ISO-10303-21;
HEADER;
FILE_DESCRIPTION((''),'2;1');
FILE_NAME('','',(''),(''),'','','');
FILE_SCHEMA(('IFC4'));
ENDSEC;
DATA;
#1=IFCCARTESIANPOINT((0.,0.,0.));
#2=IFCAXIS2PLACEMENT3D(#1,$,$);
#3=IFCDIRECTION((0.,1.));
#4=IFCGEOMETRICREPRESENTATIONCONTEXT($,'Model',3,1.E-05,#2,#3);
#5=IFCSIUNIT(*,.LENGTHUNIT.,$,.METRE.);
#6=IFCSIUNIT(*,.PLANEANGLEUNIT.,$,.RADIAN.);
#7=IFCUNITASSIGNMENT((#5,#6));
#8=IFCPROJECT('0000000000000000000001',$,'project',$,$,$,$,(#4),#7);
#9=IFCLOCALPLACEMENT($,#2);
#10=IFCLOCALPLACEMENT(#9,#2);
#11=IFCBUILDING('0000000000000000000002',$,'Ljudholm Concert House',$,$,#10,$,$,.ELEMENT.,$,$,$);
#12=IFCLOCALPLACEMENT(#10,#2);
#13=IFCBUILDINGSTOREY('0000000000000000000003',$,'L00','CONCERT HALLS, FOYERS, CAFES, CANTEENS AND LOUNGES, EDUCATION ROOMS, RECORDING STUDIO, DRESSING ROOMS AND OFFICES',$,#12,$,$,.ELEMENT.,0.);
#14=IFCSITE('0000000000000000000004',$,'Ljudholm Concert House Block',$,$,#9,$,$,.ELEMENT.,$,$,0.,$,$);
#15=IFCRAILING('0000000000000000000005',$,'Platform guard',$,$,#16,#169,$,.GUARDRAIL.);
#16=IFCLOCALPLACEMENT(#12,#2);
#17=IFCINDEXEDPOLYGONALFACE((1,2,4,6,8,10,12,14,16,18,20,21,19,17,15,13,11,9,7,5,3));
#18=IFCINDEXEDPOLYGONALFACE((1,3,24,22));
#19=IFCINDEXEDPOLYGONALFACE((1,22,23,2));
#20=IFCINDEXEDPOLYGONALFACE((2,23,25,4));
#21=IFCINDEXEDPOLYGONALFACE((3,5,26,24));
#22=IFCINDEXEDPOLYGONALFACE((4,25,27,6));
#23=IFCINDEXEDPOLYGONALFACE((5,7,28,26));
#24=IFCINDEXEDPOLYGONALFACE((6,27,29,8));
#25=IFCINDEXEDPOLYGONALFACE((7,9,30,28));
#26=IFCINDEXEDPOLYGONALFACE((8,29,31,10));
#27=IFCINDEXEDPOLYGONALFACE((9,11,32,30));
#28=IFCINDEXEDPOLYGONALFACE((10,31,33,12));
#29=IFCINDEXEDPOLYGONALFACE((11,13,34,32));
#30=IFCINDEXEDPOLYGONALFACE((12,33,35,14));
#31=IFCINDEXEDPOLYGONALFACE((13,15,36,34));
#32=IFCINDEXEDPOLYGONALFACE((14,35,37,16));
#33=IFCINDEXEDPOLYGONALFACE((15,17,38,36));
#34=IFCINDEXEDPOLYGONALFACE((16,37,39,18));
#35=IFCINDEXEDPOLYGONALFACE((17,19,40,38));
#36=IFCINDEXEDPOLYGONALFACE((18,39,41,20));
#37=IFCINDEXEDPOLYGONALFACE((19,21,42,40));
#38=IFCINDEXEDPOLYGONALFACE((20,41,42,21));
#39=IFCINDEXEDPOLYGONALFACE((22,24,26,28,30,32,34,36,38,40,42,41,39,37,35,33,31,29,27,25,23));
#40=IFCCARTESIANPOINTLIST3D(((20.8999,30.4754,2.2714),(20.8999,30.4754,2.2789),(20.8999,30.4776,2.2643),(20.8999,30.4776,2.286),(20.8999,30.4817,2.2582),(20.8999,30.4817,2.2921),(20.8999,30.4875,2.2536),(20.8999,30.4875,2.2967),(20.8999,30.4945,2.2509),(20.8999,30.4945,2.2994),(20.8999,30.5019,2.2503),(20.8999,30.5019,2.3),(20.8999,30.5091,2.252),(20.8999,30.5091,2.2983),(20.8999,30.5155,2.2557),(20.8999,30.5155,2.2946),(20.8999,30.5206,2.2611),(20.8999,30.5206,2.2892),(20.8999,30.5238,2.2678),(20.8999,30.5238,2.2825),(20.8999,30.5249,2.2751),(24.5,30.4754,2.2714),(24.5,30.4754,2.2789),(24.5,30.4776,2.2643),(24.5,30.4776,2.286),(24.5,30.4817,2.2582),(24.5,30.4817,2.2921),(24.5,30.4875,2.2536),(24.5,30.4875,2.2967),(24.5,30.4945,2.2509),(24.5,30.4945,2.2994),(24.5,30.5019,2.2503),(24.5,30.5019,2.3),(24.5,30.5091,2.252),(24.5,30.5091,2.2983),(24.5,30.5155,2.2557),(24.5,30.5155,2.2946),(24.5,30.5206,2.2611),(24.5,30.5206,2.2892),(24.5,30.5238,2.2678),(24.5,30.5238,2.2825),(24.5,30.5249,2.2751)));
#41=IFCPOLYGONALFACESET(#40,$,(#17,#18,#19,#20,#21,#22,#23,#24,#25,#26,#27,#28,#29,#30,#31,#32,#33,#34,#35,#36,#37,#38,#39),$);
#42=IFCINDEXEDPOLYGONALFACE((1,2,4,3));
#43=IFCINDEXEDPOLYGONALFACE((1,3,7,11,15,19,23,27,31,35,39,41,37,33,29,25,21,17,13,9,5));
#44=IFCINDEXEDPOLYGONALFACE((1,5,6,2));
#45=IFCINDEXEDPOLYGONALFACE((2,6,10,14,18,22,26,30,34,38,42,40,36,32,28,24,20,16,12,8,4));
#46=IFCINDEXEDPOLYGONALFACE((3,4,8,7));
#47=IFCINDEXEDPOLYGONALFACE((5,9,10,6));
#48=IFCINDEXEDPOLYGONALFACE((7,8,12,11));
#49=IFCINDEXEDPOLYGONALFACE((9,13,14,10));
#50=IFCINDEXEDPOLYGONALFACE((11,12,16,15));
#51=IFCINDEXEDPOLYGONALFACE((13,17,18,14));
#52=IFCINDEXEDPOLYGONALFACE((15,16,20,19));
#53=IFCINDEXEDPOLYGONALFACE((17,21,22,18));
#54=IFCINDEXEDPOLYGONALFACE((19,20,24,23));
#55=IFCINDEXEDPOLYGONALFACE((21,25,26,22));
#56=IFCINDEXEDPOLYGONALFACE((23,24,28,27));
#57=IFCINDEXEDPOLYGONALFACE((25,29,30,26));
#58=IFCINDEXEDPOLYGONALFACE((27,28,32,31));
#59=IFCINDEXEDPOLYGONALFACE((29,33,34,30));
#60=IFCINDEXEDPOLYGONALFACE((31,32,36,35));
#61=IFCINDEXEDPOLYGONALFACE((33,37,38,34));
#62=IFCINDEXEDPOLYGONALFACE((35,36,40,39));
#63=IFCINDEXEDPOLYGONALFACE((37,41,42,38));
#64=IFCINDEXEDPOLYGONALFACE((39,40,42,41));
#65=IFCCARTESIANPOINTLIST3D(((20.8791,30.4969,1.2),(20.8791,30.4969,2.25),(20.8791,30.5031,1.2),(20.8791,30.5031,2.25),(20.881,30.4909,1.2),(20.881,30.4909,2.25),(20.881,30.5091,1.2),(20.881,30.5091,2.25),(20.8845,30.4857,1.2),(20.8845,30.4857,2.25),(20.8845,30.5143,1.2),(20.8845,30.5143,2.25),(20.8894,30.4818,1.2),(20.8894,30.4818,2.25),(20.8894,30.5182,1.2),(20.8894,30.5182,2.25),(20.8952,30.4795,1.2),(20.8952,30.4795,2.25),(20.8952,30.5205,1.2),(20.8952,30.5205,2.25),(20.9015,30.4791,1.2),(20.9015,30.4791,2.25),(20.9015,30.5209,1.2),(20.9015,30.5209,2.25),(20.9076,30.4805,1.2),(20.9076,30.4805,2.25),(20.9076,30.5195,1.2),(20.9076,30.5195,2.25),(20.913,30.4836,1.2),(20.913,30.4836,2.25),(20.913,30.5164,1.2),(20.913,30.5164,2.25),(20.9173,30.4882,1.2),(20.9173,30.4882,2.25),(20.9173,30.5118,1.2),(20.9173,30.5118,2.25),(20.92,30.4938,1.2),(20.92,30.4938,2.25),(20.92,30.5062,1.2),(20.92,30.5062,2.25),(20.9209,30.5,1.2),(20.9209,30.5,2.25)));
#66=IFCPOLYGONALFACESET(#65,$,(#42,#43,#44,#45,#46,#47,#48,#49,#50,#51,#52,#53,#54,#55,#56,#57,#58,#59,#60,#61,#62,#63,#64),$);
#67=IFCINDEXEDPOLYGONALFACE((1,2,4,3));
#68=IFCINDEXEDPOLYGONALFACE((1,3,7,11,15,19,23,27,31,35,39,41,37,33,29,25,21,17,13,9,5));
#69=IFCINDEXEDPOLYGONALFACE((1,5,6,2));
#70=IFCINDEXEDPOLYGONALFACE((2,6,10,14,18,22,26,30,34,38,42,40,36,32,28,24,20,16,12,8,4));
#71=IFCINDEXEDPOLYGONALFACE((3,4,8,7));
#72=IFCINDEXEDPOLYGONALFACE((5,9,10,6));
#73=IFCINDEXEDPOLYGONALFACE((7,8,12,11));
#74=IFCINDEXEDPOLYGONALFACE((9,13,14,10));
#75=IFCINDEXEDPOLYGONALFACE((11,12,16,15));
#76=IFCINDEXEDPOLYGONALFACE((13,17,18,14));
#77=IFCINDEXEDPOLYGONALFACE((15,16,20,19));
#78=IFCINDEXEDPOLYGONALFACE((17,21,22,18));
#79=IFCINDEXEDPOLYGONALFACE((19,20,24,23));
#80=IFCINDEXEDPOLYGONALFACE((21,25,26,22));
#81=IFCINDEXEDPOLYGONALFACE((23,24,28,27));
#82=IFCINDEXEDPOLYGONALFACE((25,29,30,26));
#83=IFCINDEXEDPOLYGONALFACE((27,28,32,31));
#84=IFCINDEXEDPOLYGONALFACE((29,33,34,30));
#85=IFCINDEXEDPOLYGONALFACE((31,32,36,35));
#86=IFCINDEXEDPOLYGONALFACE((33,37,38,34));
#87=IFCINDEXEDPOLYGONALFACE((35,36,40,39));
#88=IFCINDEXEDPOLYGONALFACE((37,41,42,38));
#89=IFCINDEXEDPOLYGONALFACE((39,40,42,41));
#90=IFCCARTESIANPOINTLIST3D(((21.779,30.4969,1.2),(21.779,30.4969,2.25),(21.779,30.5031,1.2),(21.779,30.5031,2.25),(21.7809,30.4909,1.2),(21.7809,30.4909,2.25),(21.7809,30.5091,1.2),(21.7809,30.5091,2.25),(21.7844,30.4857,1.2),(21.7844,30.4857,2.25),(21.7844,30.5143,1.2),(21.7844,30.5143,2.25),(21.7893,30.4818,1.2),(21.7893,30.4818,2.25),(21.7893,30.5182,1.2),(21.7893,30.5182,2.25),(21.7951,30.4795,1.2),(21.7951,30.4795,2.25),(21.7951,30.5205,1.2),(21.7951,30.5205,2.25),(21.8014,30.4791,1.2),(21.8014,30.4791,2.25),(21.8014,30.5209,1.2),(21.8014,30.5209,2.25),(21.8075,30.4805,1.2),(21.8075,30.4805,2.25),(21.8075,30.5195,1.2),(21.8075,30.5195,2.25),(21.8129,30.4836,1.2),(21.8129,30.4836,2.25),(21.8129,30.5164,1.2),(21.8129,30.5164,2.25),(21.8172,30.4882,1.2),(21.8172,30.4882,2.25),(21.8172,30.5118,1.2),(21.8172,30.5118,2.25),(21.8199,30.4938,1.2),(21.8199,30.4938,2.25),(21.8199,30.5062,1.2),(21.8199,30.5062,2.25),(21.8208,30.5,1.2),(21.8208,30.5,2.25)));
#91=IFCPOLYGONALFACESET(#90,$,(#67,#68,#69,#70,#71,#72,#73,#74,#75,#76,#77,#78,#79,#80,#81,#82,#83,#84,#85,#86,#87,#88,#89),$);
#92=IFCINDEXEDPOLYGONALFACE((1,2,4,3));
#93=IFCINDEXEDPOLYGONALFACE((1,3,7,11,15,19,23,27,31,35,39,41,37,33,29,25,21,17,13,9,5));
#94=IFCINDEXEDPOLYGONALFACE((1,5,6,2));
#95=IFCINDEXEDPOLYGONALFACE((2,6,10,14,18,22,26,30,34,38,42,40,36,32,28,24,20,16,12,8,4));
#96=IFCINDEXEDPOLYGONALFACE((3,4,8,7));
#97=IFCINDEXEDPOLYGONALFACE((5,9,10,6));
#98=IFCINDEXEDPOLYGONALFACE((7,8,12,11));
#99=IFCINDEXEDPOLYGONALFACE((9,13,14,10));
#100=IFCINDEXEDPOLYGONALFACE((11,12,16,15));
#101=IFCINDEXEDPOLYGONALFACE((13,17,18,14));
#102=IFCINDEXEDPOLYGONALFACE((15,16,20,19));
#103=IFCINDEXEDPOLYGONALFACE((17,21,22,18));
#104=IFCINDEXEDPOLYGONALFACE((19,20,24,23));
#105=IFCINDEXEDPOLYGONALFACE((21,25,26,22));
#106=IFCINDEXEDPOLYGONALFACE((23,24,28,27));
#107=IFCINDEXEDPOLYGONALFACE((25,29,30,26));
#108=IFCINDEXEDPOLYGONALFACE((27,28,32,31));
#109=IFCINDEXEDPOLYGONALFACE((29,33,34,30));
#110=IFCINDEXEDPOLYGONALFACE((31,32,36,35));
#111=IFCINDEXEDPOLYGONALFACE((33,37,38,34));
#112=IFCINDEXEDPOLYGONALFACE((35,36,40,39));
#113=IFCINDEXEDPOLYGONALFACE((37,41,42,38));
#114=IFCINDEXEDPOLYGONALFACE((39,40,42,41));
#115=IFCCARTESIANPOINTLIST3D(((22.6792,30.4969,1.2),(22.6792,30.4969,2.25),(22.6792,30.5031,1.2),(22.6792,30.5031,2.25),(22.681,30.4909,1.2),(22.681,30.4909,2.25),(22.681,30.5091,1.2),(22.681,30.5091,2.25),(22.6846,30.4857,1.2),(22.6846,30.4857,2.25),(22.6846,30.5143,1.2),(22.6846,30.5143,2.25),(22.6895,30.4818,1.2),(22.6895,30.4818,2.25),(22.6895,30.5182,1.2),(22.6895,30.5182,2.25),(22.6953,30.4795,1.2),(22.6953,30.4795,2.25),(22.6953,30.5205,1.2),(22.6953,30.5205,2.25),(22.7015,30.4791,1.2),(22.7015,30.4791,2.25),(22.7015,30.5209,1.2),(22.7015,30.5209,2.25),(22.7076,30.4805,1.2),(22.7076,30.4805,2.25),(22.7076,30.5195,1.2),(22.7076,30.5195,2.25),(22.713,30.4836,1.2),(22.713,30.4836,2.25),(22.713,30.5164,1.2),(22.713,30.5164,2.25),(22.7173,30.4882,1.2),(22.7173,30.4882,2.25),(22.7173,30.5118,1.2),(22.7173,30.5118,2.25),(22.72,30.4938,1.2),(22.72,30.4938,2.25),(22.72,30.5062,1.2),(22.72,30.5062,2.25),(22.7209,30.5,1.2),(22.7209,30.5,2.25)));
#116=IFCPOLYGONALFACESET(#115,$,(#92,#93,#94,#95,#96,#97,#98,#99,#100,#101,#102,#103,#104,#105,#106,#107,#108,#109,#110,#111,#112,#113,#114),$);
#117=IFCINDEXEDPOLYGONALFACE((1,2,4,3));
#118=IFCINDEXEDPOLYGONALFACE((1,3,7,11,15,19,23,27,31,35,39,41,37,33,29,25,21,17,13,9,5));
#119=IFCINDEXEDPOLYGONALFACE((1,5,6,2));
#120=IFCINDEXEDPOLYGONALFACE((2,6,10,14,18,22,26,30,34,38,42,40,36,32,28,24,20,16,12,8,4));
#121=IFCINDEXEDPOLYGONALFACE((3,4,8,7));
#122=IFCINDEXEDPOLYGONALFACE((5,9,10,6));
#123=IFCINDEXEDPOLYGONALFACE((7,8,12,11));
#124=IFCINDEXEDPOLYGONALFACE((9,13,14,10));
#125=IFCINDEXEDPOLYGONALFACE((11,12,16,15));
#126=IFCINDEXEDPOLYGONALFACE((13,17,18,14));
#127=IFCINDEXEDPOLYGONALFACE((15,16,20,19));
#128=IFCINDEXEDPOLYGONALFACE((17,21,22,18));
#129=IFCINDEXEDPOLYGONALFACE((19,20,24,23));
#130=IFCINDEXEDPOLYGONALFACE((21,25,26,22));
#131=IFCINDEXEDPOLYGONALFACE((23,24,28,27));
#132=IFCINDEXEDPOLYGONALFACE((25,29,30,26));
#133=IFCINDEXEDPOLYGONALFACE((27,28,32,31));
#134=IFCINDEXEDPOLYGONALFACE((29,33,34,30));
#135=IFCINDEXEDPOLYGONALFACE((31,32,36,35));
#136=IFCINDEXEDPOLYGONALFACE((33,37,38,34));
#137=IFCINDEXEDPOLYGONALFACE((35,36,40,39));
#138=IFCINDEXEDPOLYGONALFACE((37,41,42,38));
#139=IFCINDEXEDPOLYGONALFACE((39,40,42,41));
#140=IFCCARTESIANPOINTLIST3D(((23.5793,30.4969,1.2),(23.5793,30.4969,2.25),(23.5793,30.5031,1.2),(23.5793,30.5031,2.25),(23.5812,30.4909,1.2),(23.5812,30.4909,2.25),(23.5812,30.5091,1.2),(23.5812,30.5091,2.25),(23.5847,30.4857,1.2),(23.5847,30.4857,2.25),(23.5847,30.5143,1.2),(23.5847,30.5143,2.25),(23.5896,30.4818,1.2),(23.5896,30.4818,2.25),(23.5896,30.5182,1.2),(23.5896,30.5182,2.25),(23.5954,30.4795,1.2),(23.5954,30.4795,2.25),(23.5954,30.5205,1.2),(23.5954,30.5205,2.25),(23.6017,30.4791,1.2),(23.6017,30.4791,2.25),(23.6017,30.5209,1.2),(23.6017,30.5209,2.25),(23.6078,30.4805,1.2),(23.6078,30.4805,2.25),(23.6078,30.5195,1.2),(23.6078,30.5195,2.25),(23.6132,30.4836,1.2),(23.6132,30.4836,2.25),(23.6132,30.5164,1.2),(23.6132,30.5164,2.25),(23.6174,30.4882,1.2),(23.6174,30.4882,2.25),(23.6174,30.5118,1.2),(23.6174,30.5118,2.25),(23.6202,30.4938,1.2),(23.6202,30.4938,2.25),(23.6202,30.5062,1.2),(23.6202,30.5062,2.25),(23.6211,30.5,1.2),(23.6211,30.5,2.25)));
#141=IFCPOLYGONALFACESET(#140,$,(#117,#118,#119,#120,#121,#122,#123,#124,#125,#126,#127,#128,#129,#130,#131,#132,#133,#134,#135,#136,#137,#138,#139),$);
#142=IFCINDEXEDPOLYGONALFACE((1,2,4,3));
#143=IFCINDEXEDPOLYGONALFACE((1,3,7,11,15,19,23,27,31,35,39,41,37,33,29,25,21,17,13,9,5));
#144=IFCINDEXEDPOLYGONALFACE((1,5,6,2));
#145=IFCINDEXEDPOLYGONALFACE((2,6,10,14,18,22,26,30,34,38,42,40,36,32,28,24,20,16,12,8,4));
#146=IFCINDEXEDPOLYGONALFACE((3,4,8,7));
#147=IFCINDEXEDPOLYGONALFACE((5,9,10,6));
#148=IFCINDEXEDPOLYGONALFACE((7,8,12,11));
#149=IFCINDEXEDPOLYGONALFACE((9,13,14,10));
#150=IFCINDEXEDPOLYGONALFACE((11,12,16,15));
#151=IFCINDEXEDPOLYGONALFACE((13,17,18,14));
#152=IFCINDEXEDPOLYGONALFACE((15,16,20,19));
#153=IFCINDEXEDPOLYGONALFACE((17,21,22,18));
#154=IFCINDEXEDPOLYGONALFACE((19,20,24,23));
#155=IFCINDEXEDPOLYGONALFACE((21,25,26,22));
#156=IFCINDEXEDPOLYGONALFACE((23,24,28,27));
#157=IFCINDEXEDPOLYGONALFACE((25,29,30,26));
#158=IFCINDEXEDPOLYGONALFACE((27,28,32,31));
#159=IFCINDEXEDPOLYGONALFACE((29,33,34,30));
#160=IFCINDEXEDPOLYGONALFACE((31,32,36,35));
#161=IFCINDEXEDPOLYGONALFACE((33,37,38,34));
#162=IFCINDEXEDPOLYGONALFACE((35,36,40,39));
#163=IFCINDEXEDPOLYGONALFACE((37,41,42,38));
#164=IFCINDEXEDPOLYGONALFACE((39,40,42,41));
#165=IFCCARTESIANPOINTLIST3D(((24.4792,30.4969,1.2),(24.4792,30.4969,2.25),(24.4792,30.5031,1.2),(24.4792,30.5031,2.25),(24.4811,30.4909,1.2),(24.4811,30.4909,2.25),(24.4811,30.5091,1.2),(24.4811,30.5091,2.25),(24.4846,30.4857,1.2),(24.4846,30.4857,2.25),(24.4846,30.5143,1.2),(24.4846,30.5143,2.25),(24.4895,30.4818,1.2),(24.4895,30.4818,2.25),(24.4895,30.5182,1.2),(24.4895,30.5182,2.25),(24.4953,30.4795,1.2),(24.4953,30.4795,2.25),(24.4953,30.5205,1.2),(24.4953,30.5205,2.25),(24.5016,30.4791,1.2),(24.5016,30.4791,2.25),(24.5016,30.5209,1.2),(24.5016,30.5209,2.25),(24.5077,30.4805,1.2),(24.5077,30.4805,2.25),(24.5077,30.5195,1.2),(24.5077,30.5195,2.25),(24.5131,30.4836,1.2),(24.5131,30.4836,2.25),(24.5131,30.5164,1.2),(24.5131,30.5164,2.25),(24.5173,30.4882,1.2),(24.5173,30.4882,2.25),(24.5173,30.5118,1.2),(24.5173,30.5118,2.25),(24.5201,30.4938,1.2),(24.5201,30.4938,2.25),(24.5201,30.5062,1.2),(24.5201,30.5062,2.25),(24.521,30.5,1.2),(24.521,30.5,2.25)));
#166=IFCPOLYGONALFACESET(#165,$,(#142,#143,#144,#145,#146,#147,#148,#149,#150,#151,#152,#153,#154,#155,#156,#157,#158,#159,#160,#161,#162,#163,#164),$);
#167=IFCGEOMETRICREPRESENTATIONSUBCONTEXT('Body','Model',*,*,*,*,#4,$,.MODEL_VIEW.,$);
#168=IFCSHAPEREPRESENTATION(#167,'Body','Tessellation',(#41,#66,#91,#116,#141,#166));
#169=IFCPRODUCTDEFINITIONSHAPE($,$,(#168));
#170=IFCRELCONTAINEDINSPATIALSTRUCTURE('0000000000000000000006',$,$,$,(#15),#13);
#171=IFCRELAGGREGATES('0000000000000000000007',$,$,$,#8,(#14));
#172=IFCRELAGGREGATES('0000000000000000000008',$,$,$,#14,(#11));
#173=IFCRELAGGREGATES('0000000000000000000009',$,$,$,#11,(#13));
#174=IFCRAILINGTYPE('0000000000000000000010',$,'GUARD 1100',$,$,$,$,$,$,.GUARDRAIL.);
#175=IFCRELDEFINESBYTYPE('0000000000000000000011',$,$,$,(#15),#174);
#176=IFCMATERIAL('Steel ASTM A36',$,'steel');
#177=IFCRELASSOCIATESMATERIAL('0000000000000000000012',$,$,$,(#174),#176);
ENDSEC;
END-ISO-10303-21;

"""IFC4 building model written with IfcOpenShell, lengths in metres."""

from ifc_helpers import new_model, si_unit, direction, frame, origin, origin_2d, place, context, subcontext, project, spatial, circle, extrude, material, type_object, element, save


model = new_model("IFC4")

# Units and contexts
model_context = context("Model", 3, precision=1e-05, world=origin(), true_north=direction((0.0, 1.0)))
body_context = subcontext(model_context, "Body", "Model", "MODEL_VIEW")
ifc_project = project(units=[si_unit("LENGTHUNIT", "METRE"), si_unit("PLANEANGLEUNIT", "RADIAN")], contexts=[model_context])

# Site, building, storey
site_placement = place(None, origin())
site = spatial("IfcSite", under=ifc_project, at=site_placement, Name="Ljudholm Concert House Block", CompositionType="ELEMENT", RefElevation=0.0)
building_placement = place(site_placement, origin())
building = spatial("IfcBuilding", under=site, at=building_placement, Name="Ljudholm Concert House", CompositionType="ELEMENT")
storey_placement = place(building_placement, origin())
storey = spatial("IfcBuildingStorey", under=building, at=storey_placement, Name="L00", Description="CONCERT HALLS, FOYERS, CAFES, CANTEENS AND LOUNGES, EDUCATION ROOMS, RECORDING STUDIO, DRESSING ROOMS AND OFFICES", CompositionType="ELEMENT", Elevation=0.0)

# Railing
ifc_material_1 = material(Name="Steel ASTM A36", Category="steel")
railing_type_1 = type_object("IfcRailingType", Name="GUARD 1100", PredefinedType="GUARDRAIL", material=ifc_material_1)
railing_1_placement = place(storey_placement, frame((20.8999, 30.5, 1.2)))
element("IfcRailing", 1, at=railing_1_placement, inside=storey, type_object=railing_type_1, Name="Platform guard", PredefinedType="GUARDRAIL", context=body_context, shape_type="SweptSolid", body=[
    extrude(circle(Radius=0.0249, at=origin_2d()), frame((0.0, 0.0, 1.0752), z_axis=(1.0, 0.0, 0.0), x_axis=(0.0, 1.0, 0.0)), (0.0, 0.0, 1.0), 3.6001),
    extrude(circle(Radius=0.021, at=origin_2d()), origin(), (0.0, 0.0, 1.0), 1.05),
    extrude(circle(Radius=0.021, at=origin_2d()), frame((0.8999, 0.0, 0.0)), (0.0, 0.0, 1.0), 1.05),
    extrude(circle(Radius=0.021, at=origin_2d()), frame((1.8, 0.0, 0.0)), (0.0, 0.0, 1.0), 1.05),
    extrude(circle(Radius=0.021, at=origin_2d()), frame((2.7002, 0.0, 0.0)), (0.0, 0.0, 1.0), 1.05),
    extrude(circle(Radius=0.021, at=origin_2d()), frame((3.6001, 0.0, 0.0)), (0.0, 0.0, 1.0), 1.05),
])

save(model, "model.ifc")
